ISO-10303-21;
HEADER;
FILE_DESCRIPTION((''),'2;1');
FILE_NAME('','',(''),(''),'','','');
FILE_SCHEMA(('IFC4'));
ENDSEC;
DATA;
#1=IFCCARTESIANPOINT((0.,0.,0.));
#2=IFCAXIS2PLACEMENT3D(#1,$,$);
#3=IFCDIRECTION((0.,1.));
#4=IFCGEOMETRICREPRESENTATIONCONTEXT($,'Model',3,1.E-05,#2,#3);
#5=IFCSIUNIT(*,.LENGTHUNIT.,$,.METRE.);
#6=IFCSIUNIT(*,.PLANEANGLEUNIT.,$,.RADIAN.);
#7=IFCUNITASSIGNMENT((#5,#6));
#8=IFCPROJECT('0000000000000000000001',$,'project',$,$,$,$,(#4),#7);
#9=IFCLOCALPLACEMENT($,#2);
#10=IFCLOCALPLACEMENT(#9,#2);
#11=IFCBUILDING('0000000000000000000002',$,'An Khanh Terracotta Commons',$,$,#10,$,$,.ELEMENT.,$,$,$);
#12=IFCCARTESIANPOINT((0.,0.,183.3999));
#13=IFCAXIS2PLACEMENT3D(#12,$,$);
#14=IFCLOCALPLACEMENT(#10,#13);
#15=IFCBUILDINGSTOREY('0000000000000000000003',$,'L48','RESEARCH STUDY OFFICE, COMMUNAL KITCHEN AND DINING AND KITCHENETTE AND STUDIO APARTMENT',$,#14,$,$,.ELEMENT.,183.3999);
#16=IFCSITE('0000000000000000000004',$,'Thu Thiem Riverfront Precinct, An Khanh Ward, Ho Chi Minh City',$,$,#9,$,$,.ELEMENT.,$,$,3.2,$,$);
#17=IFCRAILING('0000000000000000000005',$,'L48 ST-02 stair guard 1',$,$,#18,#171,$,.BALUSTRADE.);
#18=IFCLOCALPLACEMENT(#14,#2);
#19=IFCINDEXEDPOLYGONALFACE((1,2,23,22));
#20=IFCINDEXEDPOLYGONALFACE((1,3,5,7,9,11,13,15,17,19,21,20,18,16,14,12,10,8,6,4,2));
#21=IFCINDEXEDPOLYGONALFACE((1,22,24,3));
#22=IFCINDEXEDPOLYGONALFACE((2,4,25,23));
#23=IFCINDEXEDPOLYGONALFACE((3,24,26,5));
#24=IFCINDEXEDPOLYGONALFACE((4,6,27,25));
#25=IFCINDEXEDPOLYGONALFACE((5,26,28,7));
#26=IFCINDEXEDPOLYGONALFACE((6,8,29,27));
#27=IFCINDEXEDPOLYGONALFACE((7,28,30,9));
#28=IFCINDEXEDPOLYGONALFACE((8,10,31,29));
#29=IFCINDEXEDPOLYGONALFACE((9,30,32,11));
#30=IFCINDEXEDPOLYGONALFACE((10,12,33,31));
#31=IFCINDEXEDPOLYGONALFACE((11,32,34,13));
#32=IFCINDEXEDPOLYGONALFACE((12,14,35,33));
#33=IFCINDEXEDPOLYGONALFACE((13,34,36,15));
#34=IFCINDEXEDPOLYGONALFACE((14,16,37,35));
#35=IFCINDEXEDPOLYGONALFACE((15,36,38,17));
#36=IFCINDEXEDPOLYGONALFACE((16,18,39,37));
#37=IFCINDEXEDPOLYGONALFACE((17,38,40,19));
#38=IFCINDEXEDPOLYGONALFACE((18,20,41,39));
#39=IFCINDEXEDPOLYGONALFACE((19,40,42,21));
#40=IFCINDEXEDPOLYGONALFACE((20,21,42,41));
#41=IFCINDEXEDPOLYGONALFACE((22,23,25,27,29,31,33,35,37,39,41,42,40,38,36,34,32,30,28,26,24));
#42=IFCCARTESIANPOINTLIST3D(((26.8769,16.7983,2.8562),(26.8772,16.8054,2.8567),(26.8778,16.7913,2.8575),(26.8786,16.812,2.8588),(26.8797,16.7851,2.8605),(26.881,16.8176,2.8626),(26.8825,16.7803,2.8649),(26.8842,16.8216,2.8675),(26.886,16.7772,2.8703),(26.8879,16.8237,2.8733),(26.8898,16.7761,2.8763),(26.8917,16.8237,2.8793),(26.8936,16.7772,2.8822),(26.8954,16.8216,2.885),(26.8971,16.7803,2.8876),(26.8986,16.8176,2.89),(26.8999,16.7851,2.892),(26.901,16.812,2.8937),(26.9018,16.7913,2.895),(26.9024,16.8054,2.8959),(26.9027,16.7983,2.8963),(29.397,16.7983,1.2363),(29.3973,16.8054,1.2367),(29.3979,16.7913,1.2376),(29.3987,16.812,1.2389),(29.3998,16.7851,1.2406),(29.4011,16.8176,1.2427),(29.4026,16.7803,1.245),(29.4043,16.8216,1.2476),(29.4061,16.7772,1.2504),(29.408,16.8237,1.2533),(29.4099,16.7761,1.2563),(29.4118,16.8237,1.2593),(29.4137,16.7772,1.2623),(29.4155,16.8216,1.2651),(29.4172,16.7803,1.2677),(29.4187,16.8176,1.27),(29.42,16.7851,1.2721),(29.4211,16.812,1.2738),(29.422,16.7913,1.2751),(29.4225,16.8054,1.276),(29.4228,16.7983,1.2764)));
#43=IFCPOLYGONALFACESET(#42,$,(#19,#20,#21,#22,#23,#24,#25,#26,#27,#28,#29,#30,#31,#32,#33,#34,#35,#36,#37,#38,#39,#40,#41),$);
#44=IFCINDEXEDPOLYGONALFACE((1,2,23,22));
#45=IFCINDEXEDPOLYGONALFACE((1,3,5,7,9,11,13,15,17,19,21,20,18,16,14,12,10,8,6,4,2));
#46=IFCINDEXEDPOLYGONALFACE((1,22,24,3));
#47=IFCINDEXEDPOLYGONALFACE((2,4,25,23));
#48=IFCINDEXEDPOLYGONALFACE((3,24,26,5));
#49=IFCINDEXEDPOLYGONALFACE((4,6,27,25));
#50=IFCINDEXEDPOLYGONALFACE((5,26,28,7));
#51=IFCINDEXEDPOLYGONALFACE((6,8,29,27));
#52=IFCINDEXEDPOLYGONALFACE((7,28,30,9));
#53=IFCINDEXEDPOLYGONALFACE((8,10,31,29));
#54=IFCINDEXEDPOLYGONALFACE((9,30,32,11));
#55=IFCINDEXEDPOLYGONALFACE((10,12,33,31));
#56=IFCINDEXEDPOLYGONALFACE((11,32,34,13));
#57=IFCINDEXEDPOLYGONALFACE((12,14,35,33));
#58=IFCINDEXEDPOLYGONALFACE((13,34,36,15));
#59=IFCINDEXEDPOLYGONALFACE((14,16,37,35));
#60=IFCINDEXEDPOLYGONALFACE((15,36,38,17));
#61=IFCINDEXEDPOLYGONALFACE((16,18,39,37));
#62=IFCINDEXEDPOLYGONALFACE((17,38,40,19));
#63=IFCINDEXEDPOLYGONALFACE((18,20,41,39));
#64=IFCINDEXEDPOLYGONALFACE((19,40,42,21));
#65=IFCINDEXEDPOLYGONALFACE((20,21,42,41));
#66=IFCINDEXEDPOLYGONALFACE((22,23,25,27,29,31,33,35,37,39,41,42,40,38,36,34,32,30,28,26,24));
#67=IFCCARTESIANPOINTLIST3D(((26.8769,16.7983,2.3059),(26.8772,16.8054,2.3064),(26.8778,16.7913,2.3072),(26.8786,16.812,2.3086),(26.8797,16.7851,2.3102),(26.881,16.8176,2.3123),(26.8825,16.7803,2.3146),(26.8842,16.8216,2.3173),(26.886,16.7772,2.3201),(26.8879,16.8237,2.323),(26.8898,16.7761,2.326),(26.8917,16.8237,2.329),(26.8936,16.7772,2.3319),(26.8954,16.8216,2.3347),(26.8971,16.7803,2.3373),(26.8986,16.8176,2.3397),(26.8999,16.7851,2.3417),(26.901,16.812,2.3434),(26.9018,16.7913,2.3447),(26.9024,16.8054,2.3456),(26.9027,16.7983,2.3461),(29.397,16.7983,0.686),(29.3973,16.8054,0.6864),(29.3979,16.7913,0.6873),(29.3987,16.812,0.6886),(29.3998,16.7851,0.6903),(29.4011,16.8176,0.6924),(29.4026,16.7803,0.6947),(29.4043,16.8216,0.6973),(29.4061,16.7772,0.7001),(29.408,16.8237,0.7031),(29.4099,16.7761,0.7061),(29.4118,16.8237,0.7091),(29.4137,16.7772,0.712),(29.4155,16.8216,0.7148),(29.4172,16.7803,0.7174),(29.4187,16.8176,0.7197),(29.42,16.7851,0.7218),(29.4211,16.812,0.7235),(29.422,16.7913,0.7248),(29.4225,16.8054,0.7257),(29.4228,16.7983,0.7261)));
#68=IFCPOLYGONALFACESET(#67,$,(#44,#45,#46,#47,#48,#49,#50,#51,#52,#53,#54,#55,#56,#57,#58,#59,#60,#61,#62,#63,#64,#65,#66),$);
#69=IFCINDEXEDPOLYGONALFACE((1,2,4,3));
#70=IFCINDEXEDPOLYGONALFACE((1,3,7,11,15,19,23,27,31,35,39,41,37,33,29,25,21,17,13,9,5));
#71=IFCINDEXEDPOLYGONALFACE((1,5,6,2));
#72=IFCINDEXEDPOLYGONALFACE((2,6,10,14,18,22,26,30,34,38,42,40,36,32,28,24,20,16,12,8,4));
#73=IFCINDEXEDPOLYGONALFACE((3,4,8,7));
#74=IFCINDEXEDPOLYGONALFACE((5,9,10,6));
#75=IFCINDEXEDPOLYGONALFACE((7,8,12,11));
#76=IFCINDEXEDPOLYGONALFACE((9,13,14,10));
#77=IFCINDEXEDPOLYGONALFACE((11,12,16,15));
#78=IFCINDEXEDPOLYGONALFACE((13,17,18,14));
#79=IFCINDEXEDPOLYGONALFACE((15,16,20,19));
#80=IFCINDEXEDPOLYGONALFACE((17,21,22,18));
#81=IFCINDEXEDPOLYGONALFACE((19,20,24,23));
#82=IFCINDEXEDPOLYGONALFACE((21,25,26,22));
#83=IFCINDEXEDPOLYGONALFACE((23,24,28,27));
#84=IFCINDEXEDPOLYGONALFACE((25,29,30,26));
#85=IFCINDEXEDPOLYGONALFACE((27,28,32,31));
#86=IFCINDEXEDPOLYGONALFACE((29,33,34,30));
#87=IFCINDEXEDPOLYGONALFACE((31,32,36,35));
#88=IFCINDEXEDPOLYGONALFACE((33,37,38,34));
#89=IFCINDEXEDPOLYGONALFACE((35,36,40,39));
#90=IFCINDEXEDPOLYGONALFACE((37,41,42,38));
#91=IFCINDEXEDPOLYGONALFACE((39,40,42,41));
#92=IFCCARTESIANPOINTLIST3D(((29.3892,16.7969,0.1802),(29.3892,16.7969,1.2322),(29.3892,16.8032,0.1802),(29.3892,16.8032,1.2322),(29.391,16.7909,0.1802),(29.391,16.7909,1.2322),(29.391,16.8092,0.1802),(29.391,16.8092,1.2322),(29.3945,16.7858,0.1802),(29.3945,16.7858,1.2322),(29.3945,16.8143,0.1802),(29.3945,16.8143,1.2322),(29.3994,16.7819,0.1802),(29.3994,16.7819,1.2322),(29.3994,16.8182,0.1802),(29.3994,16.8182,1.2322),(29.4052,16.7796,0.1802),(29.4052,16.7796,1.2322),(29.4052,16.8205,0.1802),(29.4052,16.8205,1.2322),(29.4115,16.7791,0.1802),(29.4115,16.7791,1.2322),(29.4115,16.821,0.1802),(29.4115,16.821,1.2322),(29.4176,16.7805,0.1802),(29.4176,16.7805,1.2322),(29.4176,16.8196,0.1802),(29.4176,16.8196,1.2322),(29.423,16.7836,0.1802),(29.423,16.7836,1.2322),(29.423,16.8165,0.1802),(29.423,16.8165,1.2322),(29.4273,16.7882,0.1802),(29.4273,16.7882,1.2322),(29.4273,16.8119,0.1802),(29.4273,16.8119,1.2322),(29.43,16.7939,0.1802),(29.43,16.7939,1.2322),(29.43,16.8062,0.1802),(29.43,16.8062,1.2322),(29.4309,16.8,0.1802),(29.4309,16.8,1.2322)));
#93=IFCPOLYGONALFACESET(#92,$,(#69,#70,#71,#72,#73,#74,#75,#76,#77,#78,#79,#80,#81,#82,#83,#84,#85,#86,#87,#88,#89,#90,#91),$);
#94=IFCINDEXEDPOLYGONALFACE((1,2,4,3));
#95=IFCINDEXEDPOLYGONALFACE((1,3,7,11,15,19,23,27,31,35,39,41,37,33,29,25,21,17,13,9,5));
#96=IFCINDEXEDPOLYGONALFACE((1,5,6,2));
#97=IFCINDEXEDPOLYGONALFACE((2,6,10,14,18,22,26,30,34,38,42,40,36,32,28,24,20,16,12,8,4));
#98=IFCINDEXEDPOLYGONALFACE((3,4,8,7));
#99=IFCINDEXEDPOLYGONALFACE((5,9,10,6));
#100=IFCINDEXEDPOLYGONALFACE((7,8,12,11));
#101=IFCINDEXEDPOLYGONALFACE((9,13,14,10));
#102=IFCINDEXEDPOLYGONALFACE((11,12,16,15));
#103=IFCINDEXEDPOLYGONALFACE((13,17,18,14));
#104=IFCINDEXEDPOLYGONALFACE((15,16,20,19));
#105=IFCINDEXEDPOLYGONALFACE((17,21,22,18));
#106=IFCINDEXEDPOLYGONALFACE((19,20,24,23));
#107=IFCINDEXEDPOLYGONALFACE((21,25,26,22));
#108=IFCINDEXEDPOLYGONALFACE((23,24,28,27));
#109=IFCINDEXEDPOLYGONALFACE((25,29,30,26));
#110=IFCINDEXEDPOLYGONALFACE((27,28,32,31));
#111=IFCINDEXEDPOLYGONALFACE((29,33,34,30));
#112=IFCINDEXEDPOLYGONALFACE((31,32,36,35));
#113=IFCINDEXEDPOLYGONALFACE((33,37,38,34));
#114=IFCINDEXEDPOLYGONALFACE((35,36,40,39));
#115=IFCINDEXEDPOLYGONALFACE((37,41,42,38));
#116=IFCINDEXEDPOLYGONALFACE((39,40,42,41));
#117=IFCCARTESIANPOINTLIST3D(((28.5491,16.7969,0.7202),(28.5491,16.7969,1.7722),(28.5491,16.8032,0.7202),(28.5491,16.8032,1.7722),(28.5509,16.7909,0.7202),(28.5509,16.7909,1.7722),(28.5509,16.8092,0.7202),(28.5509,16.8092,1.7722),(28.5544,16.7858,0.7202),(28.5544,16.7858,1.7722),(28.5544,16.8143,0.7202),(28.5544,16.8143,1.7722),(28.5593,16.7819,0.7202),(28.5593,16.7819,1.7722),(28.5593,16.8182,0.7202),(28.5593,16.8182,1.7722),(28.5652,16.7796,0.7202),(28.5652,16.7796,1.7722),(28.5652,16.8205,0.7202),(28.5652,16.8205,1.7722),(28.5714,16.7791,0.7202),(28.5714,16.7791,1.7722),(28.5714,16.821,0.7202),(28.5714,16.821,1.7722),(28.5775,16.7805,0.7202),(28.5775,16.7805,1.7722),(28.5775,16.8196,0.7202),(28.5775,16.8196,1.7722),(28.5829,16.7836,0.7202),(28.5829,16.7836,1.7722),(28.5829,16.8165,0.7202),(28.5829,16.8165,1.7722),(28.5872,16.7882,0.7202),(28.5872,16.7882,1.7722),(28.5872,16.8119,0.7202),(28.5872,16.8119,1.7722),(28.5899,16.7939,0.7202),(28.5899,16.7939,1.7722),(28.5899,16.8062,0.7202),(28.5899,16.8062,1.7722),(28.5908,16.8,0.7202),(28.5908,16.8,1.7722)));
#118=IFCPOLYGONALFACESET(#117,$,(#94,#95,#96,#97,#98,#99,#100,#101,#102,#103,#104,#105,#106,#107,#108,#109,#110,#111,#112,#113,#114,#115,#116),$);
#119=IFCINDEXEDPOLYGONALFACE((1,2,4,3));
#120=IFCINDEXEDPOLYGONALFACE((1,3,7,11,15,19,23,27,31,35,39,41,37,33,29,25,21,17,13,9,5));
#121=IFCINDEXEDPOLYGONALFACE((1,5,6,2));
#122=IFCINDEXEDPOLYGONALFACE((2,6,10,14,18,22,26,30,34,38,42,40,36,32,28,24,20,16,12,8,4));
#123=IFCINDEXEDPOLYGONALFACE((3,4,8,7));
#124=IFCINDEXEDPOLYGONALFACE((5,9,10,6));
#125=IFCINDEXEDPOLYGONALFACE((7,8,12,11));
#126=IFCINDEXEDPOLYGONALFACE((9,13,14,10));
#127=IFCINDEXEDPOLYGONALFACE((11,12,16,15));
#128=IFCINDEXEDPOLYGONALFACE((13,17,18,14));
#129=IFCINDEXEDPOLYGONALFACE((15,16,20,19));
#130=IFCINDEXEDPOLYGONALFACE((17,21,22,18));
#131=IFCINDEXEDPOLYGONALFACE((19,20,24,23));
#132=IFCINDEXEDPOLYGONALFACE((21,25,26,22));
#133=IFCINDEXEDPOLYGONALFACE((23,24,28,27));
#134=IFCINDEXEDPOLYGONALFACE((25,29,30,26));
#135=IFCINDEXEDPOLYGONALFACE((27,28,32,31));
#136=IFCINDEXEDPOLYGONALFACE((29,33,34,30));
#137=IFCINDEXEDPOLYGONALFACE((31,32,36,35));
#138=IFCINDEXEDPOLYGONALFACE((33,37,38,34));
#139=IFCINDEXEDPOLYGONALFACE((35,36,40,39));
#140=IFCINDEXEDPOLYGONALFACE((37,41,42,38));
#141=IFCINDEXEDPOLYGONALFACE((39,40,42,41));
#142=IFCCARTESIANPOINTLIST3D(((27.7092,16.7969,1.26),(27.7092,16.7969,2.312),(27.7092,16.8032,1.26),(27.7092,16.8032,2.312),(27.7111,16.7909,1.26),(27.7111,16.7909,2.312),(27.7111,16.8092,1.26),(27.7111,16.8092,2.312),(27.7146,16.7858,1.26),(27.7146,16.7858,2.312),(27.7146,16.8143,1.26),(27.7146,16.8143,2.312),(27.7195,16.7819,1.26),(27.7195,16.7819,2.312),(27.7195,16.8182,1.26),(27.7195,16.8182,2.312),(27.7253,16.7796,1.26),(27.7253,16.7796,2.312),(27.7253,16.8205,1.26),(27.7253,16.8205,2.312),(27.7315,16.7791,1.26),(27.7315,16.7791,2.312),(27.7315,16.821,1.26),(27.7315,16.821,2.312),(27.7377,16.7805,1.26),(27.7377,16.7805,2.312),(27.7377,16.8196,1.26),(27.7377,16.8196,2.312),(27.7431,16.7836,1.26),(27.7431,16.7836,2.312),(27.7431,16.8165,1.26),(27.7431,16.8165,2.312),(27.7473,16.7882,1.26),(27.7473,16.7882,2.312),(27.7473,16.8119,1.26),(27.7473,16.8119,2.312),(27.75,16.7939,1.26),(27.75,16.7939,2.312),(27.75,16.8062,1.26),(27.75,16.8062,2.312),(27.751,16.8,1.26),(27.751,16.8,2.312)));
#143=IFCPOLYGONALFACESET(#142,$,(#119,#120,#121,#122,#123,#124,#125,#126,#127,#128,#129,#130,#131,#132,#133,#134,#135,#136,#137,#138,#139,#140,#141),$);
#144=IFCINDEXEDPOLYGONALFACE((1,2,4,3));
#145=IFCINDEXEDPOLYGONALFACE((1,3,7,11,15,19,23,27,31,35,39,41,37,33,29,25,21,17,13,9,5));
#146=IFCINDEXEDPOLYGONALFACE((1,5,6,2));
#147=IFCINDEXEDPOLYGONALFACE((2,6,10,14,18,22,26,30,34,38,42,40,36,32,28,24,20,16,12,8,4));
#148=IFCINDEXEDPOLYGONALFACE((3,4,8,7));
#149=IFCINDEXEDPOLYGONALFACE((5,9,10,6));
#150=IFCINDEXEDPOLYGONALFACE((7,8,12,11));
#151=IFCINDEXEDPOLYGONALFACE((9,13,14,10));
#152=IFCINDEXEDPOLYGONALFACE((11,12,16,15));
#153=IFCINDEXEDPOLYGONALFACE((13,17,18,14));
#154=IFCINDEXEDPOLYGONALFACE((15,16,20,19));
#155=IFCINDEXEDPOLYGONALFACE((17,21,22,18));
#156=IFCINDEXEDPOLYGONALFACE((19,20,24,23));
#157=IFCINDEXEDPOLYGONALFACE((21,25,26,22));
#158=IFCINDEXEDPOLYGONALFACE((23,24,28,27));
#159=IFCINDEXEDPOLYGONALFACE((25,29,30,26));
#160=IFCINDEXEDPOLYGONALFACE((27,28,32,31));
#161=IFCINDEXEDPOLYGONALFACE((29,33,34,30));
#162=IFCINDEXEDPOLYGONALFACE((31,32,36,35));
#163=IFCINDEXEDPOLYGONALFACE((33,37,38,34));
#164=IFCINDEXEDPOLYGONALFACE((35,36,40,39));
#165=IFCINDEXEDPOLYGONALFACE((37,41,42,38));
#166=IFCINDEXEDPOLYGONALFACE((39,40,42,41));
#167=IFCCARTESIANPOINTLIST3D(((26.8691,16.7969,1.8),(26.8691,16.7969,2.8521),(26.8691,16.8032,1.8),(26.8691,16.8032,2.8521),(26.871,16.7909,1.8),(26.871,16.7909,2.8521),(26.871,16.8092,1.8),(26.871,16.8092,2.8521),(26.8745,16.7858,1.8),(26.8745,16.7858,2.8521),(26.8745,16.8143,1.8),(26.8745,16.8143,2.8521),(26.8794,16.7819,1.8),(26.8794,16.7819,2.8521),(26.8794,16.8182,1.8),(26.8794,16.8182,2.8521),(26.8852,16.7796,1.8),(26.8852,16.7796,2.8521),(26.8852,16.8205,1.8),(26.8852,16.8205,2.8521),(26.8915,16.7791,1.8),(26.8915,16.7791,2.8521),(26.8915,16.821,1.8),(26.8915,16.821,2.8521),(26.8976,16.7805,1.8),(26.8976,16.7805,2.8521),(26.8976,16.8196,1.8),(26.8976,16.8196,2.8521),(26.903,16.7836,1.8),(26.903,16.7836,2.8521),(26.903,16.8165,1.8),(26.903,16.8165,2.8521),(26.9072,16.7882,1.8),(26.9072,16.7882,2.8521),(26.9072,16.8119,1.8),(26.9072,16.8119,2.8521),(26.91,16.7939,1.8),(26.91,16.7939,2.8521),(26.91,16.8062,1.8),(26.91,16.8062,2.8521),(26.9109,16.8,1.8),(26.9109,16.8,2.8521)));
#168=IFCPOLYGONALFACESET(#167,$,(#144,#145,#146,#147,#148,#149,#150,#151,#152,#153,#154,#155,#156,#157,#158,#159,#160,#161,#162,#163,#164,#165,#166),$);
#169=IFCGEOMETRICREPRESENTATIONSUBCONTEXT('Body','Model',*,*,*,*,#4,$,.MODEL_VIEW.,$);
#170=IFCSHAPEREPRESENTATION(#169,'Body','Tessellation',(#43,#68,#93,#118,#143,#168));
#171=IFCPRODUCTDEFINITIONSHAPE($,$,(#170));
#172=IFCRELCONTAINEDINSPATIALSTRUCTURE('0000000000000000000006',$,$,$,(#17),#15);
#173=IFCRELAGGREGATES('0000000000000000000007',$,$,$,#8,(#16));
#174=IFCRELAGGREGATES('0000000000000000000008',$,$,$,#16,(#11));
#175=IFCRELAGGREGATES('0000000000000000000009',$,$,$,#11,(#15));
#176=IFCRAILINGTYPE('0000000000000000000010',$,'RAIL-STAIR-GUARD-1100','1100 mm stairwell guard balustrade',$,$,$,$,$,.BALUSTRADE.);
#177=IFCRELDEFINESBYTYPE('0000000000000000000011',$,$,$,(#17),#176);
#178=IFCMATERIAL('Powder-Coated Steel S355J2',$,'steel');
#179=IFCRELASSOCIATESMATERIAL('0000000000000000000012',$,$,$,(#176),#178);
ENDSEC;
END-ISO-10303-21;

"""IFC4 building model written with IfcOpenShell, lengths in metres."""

from ifc_helpers import new_model, si_unit, direction, frame, origin, origin_2d, place, context, subcontext, project, spatial, circle, extrude, material, type_object, element, save


model = new_model("IFC4")

# Units and contexts
model_context = context("Model", 3, precision=1e-05, world=origin(), true_north=direction((0.0, 1.0)))
body_context = subcontext(model_context, "Body", "Model", "MODEL_VIEW")
ifc_project = project(units=[si_unit("LENGTHUNIT", "METRE"), si_unit("PLANEANGLEUNIT", "RADIAN")], contexts=[model_context])

# Site, building, storey
site_placement = place(None, origin())
site = spatial("IfcSite", under=ifc_project, at=site_placement, Name="Thu Thiem Riverfront Precinct, An Khanh Ward, Ho Chi Minh City", CompositionType="ELEMENT", RefElevation=3.2)
building_placement = place(site_placement, origin())
building = spatial("IfcBuilding", under=site, at=building_placement, Name="An Khanh Terracotta Commons", CompositionType="ELEMENT")
storey_placement = place(building_placement, frame((0.0, 0.0, 183.3999)))
storey = spatial("IfcBuildingStorey", under=building, at=storey_placement, Name="L48", Description="RESEARCH STUDY OFFICE, COMMUNAL KITCHEN AND DINING AND KITCHENETTE AND STUDIO APARTMENT", CompositionType="ELEMENT", Elevation=183.3999)

# Railing
ifc_material_1 = material(Name="Powder-Coated Steel S355J2", Category="steel")
railing_type_1 = type_object("IfcRailingType", Name="RAIL-STAIR-GUARD-1100", Description="1100 mm stairwell guard balustrade", PredefinedType="BALUSTRADE", material=ifc_material_1)
railing_1_placement = place(storey_placement, frame((29.4099, 16.8, 0.1802)))
element("IfcRailing", 1, at=railing_1_placement, inside=storey, type_object=railing_type_1, Name="L48 ST-02 stair guard 1", PredefinedType="BALUSTRADE", context=body_context, shape_type="SweptSolid", body=[
    extrude(circle(Radius=0.0239, at=origin_2d()), frame((0.0, 0.0, 1.0762), z_axis=(-0.8412, 0.0, 0.540725), x_axis=(0.0, -1.0, 0.0)), (0.0, 0.0, 1.0), 2.9958),
    extrude(circle(Radius=0.0239, at=origin_2d()), frame((0.0, 0.0, 0.5259), z_axis=(-0.8412, 0.0, 0.540725), x_axis=(0.0, -1.0, 0.0)), (0.0, 0.0, 1.0), 2.9958),
    extrude(circle(Radius=0.021, at=origin_2d()), origin(), (0.0, 0.0, 1.0), 1.052),
    extrude(circle(Radius=0.021, at=origin_2d()), frame((-0.8401, 0.0, 0.54)), (0.0, 0.0, 1.0), 1.052),
    extrude(circle(Radius=0.021, at=origin_2d()), frame((-1.6799, 0.0, 1.0798)), (0.0, 0.0, 1.0), 1.052),
    extrude(circle(Radius=0.021, at=origin_2d()), frame((-2.52, 0.0, 1.6199)), (0.0, 0.0, 1.0), 1.052),
])

save(model, "model.ifc")
